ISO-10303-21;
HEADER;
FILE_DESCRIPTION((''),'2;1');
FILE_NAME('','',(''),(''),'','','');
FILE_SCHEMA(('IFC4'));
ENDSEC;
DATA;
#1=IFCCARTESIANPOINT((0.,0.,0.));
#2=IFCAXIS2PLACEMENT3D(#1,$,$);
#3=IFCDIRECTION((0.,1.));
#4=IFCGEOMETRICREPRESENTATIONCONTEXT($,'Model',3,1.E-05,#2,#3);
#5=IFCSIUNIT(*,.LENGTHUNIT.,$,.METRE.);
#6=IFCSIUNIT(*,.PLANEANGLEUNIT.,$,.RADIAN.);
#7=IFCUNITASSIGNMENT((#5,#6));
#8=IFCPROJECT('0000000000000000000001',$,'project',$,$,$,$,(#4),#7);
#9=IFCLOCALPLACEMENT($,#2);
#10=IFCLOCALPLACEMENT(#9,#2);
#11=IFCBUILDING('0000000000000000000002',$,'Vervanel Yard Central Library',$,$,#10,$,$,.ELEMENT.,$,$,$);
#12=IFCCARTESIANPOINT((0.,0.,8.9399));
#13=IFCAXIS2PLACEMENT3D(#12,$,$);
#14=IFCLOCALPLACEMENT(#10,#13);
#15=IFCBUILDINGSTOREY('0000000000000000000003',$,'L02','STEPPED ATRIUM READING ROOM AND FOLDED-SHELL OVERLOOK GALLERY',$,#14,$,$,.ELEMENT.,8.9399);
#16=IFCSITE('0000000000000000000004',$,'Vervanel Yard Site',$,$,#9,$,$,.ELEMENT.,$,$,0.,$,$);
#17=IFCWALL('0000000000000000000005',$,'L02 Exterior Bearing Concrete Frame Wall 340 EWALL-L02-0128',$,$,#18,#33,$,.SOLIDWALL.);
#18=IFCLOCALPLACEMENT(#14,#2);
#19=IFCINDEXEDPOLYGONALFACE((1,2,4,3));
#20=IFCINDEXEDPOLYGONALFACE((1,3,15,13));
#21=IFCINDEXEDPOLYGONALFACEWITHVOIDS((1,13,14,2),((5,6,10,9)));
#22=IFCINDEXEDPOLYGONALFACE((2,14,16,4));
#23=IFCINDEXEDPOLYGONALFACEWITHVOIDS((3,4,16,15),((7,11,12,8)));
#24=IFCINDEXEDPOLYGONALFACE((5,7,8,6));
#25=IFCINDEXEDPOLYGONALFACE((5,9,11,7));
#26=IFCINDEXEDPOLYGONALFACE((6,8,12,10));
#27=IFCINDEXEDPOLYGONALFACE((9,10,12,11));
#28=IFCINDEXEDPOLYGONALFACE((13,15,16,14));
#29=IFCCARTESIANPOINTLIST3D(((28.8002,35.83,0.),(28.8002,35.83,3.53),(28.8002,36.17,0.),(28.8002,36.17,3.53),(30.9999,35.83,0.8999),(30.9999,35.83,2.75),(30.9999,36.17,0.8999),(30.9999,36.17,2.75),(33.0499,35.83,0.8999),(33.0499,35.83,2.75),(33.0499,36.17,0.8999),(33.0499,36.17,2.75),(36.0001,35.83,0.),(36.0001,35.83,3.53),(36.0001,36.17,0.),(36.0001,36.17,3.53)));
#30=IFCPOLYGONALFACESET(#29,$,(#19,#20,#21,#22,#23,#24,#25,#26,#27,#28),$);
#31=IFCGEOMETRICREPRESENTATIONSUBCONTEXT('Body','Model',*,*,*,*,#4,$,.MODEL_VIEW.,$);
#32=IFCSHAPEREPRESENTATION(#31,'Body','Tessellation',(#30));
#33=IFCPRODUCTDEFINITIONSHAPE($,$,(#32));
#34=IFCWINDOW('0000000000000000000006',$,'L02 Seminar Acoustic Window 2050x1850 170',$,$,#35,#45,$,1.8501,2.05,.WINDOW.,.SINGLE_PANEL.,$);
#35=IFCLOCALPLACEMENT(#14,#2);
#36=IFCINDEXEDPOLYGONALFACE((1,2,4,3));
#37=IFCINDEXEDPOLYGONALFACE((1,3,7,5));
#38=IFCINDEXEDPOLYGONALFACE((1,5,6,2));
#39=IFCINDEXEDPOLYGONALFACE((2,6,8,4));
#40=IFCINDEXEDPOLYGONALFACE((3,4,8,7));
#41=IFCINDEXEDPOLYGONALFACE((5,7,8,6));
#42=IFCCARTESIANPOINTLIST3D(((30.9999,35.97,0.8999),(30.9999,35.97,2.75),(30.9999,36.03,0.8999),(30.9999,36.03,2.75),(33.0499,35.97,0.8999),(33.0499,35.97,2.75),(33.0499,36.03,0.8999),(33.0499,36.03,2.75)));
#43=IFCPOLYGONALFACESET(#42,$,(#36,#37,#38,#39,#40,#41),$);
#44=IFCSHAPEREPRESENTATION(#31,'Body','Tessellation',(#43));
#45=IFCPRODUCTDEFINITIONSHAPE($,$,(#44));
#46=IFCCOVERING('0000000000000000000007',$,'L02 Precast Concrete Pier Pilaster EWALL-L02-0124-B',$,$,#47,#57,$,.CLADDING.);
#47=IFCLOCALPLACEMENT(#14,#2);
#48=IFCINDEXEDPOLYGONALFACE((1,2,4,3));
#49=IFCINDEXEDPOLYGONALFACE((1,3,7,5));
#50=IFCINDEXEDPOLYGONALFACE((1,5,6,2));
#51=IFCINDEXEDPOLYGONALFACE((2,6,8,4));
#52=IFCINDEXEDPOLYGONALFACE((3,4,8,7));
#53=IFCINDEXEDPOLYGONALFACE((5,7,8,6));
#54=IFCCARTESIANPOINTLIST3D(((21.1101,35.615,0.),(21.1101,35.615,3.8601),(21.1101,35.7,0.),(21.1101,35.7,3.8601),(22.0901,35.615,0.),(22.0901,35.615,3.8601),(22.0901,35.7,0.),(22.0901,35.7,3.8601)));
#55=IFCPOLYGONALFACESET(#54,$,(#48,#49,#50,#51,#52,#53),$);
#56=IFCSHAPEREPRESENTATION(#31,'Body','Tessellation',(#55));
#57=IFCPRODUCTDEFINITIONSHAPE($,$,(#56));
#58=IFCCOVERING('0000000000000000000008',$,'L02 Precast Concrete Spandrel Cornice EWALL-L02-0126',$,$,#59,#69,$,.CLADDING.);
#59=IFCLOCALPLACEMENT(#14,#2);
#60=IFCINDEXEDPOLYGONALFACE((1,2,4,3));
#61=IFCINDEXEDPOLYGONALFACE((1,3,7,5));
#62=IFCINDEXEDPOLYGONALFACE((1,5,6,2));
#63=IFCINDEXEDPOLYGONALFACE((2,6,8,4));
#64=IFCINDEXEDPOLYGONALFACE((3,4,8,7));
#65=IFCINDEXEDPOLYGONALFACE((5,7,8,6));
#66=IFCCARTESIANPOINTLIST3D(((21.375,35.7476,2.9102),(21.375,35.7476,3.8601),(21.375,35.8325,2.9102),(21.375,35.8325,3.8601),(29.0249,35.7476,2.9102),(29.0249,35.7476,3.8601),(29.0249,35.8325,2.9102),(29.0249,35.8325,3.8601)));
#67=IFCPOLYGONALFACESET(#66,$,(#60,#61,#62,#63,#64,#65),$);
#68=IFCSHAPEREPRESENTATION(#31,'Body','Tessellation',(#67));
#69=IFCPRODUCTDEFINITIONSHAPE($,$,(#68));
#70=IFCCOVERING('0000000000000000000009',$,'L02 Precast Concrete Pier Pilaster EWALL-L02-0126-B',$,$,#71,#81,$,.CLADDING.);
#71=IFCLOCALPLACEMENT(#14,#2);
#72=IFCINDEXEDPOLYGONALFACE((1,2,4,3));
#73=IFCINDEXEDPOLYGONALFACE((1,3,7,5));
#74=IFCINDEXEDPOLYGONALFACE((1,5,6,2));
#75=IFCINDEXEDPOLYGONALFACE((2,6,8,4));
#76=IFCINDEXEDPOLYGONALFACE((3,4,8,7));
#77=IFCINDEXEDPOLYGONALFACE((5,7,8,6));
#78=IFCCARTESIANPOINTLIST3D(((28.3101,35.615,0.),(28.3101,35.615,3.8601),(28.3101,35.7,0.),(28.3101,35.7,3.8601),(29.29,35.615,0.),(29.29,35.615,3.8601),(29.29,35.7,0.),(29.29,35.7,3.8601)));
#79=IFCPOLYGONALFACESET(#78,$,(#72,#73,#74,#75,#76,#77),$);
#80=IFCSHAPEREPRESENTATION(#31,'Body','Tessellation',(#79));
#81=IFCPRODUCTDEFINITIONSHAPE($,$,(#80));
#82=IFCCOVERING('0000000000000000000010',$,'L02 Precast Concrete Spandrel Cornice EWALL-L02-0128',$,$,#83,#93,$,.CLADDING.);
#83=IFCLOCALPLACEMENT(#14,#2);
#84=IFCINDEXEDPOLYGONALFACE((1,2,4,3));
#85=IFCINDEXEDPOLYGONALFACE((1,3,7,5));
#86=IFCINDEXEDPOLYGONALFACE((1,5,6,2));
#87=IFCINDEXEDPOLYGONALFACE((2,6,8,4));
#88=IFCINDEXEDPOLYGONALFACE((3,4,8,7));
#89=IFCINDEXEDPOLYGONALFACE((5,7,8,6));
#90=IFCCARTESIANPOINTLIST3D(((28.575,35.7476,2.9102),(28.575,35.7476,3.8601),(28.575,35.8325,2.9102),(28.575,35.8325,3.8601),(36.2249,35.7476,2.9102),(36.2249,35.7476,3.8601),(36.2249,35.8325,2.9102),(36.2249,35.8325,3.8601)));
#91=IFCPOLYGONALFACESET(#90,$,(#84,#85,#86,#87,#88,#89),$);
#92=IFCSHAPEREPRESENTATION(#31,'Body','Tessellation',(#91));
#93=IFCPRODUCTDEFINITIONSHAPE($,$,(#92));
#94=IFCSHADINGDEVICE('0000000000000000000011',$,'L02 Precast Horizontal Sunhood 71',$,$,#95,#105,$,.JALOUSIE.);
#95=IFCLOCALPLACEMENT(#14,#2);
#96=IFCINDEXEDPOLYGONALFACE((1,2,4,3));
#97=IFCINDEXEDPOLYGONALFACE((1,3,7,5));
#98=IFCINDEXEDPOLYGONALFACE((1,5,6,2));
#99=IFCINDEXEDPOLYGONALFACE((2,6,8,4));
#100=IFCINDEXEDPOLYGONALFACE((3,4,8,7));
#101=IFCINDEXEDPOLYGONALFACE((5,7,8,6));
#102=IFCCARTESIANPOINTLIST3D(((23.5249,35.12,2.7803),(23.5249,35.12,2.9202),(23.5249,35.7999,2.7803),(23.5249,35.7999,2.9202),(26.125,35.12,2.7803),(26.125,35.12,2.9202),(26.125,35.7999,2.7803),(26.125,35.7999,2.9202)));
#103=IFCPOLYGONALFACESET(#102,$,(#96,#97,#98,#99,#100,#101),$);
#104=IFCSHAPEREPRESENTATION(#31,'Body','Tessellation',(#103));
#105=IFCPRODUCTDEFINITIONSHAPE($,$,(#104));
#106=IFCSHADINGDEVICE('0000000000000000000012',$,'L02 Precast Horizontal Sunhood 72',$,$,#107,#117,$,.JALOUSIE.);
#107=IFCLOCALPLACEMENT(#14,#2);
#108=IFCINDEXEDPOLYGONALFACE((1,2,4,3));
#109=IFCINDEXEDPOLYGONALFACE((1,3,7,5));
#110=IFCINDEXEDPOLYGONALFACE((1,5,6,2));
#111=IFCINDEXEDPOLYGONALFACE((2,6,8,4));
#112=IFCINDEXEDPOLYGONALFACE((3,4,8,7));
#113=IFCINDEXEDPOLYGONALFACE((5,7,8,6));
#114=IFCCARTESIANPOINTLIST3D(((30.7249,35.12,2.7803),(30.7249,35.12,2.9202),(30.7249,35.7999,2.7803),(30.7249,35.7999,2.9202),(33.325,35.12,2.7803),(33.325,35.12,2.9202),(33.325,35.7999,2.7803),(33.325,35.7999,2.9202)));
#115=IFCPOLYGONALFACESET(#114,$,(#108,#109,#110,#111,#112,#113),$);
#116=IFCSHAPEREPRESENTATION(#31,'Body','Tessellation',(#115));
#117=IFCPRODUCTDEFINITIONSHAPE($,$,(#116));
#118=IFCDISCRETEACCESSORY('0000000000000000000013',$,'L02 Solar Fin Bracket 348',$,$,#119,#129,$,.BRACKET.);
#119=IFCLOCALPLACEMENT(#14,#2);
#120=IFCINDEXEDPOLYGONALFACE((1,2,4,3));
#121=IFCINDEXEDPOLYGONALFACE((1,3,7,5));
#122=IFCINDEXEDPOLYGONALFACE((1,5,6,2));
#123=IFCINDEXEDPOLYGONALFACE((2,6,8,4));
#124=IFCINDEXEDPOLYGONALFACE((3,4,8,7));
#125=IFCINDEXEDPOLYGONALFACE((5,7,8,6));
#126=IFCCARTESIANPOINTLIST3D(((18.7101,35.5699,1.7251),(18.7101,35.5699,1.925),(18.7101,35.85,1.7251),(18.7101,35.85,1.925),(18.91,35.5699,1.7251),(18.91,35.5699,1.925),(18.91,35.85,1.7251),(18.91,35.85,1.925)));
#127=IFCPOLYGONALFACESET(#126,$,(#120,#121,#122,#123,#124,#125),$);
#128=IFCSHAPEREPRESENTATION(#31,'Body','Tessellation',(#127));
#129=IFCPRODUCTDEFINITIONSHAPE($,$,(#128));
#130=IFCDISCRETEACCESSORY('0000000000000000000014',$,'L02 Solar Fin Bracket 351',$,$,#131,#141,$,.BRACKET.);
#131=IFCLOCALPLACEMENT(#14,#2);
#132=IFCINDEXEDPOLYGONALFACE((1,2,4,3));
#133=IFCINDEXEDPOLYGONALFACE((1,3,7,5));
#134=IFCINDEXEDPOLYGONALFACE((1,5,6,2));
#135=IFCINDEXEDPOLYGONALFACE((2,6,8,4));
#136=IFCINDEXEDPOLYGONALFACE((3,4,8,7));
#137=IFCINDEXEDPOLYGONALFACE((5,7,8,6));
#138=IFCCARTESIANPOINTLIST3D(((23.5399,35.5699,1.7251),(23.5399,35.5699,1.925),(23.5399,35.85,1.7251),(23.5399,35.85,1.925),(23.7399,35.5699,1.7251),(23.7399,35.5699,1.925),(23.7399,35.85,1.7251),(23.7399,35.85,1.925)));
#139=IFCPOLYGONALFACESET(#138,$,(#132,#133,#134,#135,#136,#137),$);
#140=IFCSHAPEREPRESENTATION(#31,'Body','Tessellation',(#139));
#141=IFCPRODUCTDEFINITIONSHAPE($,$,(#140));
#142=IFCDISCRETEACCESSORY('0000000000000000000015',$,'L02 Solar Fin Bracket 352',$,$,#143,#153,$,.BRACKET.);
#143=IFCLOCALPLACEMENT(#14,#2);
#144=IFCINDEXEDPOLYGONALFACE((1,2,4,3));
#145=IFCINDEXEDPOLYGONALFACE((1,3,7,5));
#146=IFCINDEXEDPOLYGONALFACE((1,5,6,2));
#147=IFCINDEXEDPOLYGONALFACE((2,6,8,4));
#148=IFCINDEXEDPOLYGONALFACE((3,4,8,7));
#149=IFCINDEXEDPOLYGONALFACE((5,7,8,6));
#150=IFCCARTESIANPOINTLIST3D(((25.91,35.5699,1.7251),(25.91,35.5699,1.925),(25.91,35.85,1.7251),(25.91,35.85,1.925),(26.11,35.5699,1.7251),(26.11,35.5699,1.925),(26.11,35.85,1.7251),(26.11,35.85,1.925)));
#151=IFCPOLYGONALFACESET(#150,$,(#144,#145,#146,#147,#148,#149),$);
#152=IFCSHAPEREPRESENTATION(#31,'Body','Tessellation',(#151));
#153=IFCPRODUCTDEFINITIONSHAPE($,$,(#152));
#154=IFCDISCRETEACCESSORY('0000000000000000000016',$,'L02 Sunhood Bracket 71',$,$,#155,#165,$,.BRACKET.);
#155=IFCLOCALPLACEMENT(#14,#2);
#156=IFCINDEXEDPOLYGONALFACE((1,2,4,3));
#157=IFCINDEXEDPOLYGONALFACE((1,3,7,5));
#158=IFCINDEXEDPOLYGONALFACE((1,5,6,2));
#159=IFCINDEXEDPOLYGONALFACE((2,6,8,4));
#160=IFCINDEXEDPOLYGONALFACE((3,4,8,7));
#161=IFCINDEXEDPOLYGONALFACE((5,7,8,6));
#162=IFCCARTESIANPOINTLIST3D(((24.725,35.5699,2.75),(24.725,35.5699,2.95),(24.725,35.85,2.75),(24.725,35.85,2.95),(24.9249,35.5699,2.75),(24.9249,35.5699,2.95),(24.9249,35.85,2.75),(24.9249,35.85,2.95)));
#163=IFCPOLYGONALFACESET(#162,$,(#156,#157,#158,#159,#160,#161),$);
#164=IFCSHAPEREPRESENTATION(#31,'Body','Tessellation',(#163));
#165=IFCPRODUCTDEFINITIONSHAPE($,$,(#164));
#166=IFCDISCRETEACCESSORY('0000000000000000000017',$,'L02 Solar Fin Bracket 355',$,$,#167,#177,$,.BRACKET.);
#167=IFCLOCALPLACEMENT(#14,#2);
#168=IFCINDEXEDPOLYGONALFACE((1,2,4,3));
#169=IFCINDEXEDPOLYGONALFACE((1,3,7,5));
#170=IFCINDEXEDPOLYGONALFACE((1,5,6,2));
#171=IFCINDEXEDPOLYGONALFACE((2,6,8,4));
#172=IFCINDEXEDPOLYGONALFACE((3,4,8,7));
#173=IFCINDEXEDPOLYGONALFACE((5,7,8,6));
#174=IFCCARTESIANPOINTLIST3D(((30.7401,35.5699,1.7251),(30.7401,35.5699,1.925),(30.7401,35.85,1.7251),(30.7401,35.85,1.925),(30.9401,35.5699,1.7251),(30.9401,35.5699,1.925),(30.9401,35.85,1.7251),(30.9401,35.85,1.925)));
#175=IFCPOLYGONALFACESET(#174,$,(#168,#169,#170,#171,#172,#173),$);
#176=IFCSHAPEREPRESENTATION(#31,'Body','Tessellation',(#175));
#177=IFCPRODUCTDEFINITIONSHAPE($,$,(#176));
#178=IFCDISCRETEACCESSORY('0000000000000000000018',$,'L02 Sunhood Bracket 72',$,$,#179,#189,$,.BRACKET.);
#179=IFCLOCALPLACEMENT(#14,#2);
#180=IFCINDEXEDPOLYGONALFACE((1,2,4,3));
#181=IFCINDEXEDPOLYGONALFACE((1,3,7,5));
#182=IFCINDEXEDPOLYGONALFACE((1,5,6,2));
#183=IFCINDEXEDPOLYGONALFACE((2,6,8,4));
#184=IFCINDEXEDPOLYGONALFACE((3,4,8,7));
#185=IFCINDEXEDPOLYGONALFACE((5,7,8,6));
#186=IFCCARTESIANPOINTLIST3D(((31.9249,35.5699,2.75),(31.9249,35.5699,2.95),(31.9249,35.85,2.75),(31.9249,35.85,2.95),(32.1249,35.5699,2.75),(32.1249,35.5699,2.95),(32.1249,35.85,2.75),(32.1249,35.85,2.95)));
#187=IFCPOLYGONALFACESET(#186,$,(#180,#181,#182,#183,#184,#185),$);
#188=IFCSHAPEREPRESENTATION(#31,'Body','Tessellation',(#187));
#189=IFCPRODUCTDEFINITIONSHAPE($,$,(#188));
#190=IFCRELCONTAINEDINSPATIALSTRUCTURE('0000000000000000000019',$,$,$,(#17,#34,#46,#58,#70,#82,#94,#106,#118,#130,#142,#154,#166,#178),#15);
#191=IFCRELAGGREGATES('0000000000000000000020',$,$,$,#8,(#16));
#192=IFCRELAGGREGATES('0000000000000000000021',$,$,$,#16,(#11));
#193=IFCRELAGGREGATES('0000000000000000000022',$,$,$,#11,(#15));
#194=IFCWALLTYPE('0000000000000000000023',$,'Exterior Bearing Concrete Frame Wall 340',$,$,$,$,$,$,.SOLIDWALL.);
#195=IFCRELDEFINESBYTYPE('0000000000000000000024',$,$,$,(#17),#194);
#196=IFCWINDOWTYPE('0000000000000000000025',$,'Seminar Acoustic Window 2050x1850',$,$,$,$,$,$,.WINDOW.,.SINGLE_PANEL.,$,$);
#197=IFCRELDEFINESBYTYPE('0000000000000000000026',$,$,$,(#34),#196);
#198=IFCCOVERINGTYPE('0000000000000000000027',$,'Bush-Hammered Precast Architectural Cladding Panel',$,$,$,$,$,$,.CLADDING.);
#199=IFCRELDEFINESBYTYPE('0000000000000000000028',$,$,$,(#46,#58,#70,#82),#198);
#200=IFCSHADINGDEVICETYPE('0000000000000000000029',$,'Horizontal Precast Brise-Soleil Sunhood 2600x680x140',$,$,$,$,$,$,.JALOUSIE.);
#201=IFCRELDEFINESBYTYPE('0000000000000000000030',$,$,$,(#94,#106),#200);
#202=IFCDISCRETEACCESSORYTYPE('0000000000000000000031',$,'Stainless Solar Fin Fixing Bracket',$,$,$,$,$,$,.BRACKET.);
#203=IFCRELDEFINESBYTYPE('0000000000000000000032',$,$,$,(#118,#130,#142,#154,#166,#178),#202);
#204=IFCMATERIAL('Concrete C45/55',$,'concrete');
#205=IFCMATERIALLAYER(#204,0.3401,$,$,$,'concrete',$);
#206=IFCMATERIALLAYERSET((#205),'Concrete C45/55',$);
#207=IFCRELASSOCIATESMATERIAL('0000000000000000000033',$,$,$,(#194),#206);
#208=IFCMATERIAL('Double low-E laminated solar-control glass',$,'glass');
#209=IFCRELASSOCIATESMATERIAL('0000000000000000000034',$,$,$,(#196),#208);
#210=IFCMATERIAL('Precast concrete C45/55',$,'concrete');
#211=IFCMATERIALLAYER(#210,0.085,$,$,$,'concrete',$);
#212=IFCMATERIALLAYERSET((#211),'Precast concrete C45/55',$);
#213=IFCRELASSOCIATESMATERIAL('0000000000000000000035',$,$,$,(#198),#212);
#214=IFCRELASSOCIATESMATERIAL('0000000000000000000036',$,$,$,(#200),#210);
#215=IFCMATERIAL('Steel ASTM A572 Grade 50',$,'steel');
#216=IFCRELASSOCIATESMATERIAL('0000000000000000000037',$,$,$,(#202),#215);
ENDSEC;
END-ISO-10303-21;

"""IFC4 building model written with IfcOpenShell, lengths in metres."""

from ifc_helpers import new_model, si_unit, direction, frame, frame_2d, origin, origin_2d, place, context, subcontext, project, spatial, rectangle, extrude, material, layer, layer_set, type_object, element, fill, save


model = new_model("IFC4")

# Units and contexts
model_context = context("Model", 3, precision=1e-05, world=origin(), true_north=direction((0.0, 1.0)))
body_context = subcontext(model_context, "Body", "Model", "MODEL_VIEW")
ifc_project = project(units=[si_unit("LENGTHUNIT", "METRE"), si_unit("PLANEANGLEUNIT", "RADIAN")], contexts=[model_context])

# Site, building, storey
site_placement = place(None, origin())
site = spatial("IfcSite", under=ifc_project, at=site_placement, Name="Vervanel Yard Site", CompositionType="ELEMENT", RefElevation=0.0)
building_placement = place(site_placement, origin())
building = spatial("IfcBuilding", under=site, at=building_placement, Name="Vervanel Yard Central Library", CompositionType="ELEMENT")
storey_placement = place(building_placement, frame((0.0, 0.0, 8.9399)))
storey = spatial("IfcBuildingStorey", under=building, at=storey_placement, Name="L02", Description="STEPPED ATRIUM READING ROOM AND FOLDED-SHELL OVERLOOK GALLERY", CompositionType="ELEMENT", Elevation=8.9399)

# Wall, opening, window
ifc_material_1 = material(Name="Concrete C45/55", Category="concrete")
ifc_layer_1 = layer(ifc_material_1, 0.3401, Category="concrete")
ifc_layer_set_1 = layer_set([ifc_layer_1], Name="Concrete C45/55")
wall_type = type_object("IfcWallType", Name="Exterior Bearing Concrete Frame Wall 340", PredefinedType="SOLIDWALL", material=ifc_layer_set_1)
ifc_material_2 = material(Name="Double low-E laminated solar-control glass", Category="glass")
window_type = type_object("IfcWindowType", Name="Seminar Acoustic Window 2050x1850", PartitioningType="SINGLE_PANEL", PredefinedType="WINDOW", material=ifc_material_2)
wall_1_placement = place(storey_placement, frame((28.8, 36.0, 0.0), z_axis=(0.0, 0.0, 1.0), x_axis=(1.0, 0.0, 0.0)))
wall_1 = element("IfcWall", 1, at=wall_1_placement, inside=storey, type_object=wall_type, Name="L02 Exterior Bearing Concrete Frame Wall 340 EWALL-L02-0128", PredefinedType="SOLIDWALL", context=body_context, shape_type="SweptSolid", body=[
    extrude(rectangle(XDim=7.2, YDim=0.3401, at=frame_2d((3.6001, 0.0))), origin(), (0.0, 0.0, 1.0), 3.53),
])
opening_1_placement = place(wall_1_placement, frame((2.2, 0.0, 0.8999)))
opening_1 = element("IfcOpeningElement", 2, at=opening_1_placement, cuts=wall_1, PredefinedType="OPENING", context=body_context, shape_type="SweptSolid", body=[
    extrude(rectangle(XDim=2.05, YDim=1.8501, at=frame_2d((1.0249, 0.925))), frame((0.0, 0.1799, 0.0), z_axis=(0.0, -1.0, 0.0), x_axis=(1.0, 0.0, 0.0)), (0.0, 0.0, 1.0), 0.3601),
])
window_1_placement = place(opening_1_placement, origin())
window_1 = element("IfcWindow", 3, at=window_1_placement, inside=storey, type_object=window_type, Name="L02 Seminar Acoustic Window 2050x1850 170", OverallHeight=1.8501, OverallWidth=2.05, PartitioningType="SINGLE_PANEL", PredefinedType="WINDOW", context=body_context, shape_type="SweptSolid", body=[
    extrude(rectangle(XDim=2.05, YDim=1.8501, at=frame_2d((1.0249, 0.925))), frame((0.0, 0.03, 0.0), z_axis=(0.0, -1.0, 0.0), x_axis=(1.0, 0.0, 0.0)), (0.0, 0.0, 1.0), 0.0601),
])
fill(opening_1, window_1)

# Coverings
ifc_material_3 = material(Name="Precast concrete C45/55", Category="concrete")
ifc_layer_2 = layer(ifc_material_3, 0.085, Category="concrete")
ifc_layer_set_2 = layer_set([ifc_layer_2], Name="Precast concrete C45/55")
covering_type = type_object("IfcCoveringType", Name="Bush-Hammered Precast Architectural Cladding Panel", PredefinedType="CLADDING", material=ifc_layer_set_2)
covering_1_placement = place(storey_placement, frame((21.6001, 35.6575, 0.0), z_axis=(0.0, 0.0, 1.0), x_axis=(1.0, 0.0, 0.0)))
element("IfcCovering", 4, at=covering_1_placement, inside=storey, type_object=covering_type, Name="L02 Precast Concrete Pier Pilaster EWALL-L02-0124-B", PredefinedType="CLADDING", context=body_context, shape_type="SweptSolid", body=[
    extrude(rectangle(XDim=0.98, YDim=0.085, at=origin_2d()), origin(), (0.0, 0.0, 1.0), 3.8601),
])
covering_2_placement = place(storey_placement, frame((25.2, 35.79, 2.9102), z_axis=(0.0, 0.0, 1.0), x_axis=(1.0, 0.0, 0.0)))
element("IfcCovering", 5, at=covering_2_placement, inside=storey, type_object=covering_type, Name="L02 Precast Concrete Spandrel Cornice EWALL-L02-0126", PredefinedType="CLADDING", context=body_context, shape_type="SweptSolid", body=[
    extrude(rectangle(XDim=7.6499, YDim=0.085, at=origin_2d()), origin(), (0.0, 0.0, 1.0), 0.95),
])
covering_3_placement = place(storey_placement, frame((28.8, 35.6575, 0.0), z_axis=(0.0, 0.0, 1.0), x_axis=(1.0, 0.0, 0.0)))
element("IfcCovering", 6, at=covering_3_placement, inside=storey, type_object=covering_type, Name="L02 Precast Concrete Pier Pilaster EWALL-L02-0126-B", PredefinedType="CLADDING", context=body_context, shape_type="SweptSolid", body=[
    extrude(rectangle(XDim=0.98, YDim=0.085, at=origin_2d()), origin(), (0.0, 0.0, 1.0), 3.8601),
])
covering_4_placement = place(storey_placement, frame((32.3999, 35.79, 2.9102), z_axis=(0.0, 0.0, 1.0), x_axis=(1.0, 0.0, 0.0)))
element("IfcCovering", 7, at=covering_4_placement, inside=storey, type_object=covering_type, Name="L02 Precast Concrete Spandrel Cornice EWALL-L02-0128", PredefinedType="CLADDING", context=body_context, shape_type="SweptSolid", body=[
    extrude(rectangle(XDim=7.6499, YDim=0.085, at=origin_2d()), origin(), (0.0, 0.0, 1.0), 0.95),
])

# Shading devices
shading_device_type = type_object("IfcShadingDeviceType", Name="Horizontal Precast Brise-Soleil Sunhood 2600x680x140", PredefinedType="JALOUSIE", material=ifc_material_3)
for number, where, z_axis, x_axis, name in (
    (8, (24.825, 35.46, 2.7803), (0.0, 0.0, 1.0), (1.0, 0.0, 0.0), "L02 Precast Horizontal Sunhood 71"),
    (9, (32.0249, 35.46, 2.7803), (0.0, 0.0, 1.0), (1.0, 0.0, 0.0), "L02 Precast Horizontal Sunhood 72"),
):
    element("IfcShadingDevice", number, at=place(storey_placement, frame(where, z_axis=z_axis, x_axis=x_axis)), inside=storey, type_object=shading_device_type, Name=name, PredefinedType="JALOUSIE", context=body_context, shape_type="SweptSolid", body=[
        extrude(rectangle(XDim=2.6001, YDim=0.6799, at=origin_2d()), origin(), (0.0, 0.0, 1.0), 0.1399),
    ])

# Discrete accessories
ifc_material_4 = material(Name="Steel ASTM A572 Grade 50", Category="steel")
discrete_accessory_type = type_object("IfcDiscreteAccessoryType", Name="Stainless Solar Fin Fixing Bracket", PredefinedType="BRACKET", material=ifc_material_4)
for number, where, z_axis, x_axis, name in (
    (10, (18.8101, 35.71, 1.7251), (0.0, 0.0, 1.0), (1.0, 0.0, 0.0), "L02 Solar Fin Bracket 348"),
    (11, (23.6399, 35.71, 1.7251), (0.0, 0.0, 1.0), (1.0, 0.0, 0.0), "L02 Solar Fin Bracket 351"),
    (12, (26.01, 35.71, 1.7251), (0.0, 0.0, 1.0), (1.0, 0.0, 0.0), "L02 Solar Fin Bracket 352"),
    (13, (24.825, 35.71, 2.75), (0.0, 0.0, 1.0), (1.0, 0.0, 0.0), "L02 Sunhood Bracket 71"),
    (14, (30.8401, 35.71, 1.7251), (0.0, 0.0, 1.0), (1.0, 0.0, 0.0), "L02 Solar Fin Bracket 355"),
    (15, (32.0249, 35.71, 2.75), (0.0, 0.0, 1.0), (1.0, 0.0, 0.0), "L02 Sunhood Bracket 72"),
):
    element("IfcDiscreteAccessory", number, at=place(storey_placement, frame(where, z_axis=z_axis, x_axis=x_axis)), inside=storey, type_object=discrete_accessory_type, Name=name, PredefinedType="BRACKET", context=body_context, shape_type="SweptSolid", body=[
        extrude(rectangle(XDim=0.2, YDim=0.28, at=origin_2d()), origin(), (0.0, 0.0, 1.0), 0.2),
    ])

save(model, "model.ifc")
